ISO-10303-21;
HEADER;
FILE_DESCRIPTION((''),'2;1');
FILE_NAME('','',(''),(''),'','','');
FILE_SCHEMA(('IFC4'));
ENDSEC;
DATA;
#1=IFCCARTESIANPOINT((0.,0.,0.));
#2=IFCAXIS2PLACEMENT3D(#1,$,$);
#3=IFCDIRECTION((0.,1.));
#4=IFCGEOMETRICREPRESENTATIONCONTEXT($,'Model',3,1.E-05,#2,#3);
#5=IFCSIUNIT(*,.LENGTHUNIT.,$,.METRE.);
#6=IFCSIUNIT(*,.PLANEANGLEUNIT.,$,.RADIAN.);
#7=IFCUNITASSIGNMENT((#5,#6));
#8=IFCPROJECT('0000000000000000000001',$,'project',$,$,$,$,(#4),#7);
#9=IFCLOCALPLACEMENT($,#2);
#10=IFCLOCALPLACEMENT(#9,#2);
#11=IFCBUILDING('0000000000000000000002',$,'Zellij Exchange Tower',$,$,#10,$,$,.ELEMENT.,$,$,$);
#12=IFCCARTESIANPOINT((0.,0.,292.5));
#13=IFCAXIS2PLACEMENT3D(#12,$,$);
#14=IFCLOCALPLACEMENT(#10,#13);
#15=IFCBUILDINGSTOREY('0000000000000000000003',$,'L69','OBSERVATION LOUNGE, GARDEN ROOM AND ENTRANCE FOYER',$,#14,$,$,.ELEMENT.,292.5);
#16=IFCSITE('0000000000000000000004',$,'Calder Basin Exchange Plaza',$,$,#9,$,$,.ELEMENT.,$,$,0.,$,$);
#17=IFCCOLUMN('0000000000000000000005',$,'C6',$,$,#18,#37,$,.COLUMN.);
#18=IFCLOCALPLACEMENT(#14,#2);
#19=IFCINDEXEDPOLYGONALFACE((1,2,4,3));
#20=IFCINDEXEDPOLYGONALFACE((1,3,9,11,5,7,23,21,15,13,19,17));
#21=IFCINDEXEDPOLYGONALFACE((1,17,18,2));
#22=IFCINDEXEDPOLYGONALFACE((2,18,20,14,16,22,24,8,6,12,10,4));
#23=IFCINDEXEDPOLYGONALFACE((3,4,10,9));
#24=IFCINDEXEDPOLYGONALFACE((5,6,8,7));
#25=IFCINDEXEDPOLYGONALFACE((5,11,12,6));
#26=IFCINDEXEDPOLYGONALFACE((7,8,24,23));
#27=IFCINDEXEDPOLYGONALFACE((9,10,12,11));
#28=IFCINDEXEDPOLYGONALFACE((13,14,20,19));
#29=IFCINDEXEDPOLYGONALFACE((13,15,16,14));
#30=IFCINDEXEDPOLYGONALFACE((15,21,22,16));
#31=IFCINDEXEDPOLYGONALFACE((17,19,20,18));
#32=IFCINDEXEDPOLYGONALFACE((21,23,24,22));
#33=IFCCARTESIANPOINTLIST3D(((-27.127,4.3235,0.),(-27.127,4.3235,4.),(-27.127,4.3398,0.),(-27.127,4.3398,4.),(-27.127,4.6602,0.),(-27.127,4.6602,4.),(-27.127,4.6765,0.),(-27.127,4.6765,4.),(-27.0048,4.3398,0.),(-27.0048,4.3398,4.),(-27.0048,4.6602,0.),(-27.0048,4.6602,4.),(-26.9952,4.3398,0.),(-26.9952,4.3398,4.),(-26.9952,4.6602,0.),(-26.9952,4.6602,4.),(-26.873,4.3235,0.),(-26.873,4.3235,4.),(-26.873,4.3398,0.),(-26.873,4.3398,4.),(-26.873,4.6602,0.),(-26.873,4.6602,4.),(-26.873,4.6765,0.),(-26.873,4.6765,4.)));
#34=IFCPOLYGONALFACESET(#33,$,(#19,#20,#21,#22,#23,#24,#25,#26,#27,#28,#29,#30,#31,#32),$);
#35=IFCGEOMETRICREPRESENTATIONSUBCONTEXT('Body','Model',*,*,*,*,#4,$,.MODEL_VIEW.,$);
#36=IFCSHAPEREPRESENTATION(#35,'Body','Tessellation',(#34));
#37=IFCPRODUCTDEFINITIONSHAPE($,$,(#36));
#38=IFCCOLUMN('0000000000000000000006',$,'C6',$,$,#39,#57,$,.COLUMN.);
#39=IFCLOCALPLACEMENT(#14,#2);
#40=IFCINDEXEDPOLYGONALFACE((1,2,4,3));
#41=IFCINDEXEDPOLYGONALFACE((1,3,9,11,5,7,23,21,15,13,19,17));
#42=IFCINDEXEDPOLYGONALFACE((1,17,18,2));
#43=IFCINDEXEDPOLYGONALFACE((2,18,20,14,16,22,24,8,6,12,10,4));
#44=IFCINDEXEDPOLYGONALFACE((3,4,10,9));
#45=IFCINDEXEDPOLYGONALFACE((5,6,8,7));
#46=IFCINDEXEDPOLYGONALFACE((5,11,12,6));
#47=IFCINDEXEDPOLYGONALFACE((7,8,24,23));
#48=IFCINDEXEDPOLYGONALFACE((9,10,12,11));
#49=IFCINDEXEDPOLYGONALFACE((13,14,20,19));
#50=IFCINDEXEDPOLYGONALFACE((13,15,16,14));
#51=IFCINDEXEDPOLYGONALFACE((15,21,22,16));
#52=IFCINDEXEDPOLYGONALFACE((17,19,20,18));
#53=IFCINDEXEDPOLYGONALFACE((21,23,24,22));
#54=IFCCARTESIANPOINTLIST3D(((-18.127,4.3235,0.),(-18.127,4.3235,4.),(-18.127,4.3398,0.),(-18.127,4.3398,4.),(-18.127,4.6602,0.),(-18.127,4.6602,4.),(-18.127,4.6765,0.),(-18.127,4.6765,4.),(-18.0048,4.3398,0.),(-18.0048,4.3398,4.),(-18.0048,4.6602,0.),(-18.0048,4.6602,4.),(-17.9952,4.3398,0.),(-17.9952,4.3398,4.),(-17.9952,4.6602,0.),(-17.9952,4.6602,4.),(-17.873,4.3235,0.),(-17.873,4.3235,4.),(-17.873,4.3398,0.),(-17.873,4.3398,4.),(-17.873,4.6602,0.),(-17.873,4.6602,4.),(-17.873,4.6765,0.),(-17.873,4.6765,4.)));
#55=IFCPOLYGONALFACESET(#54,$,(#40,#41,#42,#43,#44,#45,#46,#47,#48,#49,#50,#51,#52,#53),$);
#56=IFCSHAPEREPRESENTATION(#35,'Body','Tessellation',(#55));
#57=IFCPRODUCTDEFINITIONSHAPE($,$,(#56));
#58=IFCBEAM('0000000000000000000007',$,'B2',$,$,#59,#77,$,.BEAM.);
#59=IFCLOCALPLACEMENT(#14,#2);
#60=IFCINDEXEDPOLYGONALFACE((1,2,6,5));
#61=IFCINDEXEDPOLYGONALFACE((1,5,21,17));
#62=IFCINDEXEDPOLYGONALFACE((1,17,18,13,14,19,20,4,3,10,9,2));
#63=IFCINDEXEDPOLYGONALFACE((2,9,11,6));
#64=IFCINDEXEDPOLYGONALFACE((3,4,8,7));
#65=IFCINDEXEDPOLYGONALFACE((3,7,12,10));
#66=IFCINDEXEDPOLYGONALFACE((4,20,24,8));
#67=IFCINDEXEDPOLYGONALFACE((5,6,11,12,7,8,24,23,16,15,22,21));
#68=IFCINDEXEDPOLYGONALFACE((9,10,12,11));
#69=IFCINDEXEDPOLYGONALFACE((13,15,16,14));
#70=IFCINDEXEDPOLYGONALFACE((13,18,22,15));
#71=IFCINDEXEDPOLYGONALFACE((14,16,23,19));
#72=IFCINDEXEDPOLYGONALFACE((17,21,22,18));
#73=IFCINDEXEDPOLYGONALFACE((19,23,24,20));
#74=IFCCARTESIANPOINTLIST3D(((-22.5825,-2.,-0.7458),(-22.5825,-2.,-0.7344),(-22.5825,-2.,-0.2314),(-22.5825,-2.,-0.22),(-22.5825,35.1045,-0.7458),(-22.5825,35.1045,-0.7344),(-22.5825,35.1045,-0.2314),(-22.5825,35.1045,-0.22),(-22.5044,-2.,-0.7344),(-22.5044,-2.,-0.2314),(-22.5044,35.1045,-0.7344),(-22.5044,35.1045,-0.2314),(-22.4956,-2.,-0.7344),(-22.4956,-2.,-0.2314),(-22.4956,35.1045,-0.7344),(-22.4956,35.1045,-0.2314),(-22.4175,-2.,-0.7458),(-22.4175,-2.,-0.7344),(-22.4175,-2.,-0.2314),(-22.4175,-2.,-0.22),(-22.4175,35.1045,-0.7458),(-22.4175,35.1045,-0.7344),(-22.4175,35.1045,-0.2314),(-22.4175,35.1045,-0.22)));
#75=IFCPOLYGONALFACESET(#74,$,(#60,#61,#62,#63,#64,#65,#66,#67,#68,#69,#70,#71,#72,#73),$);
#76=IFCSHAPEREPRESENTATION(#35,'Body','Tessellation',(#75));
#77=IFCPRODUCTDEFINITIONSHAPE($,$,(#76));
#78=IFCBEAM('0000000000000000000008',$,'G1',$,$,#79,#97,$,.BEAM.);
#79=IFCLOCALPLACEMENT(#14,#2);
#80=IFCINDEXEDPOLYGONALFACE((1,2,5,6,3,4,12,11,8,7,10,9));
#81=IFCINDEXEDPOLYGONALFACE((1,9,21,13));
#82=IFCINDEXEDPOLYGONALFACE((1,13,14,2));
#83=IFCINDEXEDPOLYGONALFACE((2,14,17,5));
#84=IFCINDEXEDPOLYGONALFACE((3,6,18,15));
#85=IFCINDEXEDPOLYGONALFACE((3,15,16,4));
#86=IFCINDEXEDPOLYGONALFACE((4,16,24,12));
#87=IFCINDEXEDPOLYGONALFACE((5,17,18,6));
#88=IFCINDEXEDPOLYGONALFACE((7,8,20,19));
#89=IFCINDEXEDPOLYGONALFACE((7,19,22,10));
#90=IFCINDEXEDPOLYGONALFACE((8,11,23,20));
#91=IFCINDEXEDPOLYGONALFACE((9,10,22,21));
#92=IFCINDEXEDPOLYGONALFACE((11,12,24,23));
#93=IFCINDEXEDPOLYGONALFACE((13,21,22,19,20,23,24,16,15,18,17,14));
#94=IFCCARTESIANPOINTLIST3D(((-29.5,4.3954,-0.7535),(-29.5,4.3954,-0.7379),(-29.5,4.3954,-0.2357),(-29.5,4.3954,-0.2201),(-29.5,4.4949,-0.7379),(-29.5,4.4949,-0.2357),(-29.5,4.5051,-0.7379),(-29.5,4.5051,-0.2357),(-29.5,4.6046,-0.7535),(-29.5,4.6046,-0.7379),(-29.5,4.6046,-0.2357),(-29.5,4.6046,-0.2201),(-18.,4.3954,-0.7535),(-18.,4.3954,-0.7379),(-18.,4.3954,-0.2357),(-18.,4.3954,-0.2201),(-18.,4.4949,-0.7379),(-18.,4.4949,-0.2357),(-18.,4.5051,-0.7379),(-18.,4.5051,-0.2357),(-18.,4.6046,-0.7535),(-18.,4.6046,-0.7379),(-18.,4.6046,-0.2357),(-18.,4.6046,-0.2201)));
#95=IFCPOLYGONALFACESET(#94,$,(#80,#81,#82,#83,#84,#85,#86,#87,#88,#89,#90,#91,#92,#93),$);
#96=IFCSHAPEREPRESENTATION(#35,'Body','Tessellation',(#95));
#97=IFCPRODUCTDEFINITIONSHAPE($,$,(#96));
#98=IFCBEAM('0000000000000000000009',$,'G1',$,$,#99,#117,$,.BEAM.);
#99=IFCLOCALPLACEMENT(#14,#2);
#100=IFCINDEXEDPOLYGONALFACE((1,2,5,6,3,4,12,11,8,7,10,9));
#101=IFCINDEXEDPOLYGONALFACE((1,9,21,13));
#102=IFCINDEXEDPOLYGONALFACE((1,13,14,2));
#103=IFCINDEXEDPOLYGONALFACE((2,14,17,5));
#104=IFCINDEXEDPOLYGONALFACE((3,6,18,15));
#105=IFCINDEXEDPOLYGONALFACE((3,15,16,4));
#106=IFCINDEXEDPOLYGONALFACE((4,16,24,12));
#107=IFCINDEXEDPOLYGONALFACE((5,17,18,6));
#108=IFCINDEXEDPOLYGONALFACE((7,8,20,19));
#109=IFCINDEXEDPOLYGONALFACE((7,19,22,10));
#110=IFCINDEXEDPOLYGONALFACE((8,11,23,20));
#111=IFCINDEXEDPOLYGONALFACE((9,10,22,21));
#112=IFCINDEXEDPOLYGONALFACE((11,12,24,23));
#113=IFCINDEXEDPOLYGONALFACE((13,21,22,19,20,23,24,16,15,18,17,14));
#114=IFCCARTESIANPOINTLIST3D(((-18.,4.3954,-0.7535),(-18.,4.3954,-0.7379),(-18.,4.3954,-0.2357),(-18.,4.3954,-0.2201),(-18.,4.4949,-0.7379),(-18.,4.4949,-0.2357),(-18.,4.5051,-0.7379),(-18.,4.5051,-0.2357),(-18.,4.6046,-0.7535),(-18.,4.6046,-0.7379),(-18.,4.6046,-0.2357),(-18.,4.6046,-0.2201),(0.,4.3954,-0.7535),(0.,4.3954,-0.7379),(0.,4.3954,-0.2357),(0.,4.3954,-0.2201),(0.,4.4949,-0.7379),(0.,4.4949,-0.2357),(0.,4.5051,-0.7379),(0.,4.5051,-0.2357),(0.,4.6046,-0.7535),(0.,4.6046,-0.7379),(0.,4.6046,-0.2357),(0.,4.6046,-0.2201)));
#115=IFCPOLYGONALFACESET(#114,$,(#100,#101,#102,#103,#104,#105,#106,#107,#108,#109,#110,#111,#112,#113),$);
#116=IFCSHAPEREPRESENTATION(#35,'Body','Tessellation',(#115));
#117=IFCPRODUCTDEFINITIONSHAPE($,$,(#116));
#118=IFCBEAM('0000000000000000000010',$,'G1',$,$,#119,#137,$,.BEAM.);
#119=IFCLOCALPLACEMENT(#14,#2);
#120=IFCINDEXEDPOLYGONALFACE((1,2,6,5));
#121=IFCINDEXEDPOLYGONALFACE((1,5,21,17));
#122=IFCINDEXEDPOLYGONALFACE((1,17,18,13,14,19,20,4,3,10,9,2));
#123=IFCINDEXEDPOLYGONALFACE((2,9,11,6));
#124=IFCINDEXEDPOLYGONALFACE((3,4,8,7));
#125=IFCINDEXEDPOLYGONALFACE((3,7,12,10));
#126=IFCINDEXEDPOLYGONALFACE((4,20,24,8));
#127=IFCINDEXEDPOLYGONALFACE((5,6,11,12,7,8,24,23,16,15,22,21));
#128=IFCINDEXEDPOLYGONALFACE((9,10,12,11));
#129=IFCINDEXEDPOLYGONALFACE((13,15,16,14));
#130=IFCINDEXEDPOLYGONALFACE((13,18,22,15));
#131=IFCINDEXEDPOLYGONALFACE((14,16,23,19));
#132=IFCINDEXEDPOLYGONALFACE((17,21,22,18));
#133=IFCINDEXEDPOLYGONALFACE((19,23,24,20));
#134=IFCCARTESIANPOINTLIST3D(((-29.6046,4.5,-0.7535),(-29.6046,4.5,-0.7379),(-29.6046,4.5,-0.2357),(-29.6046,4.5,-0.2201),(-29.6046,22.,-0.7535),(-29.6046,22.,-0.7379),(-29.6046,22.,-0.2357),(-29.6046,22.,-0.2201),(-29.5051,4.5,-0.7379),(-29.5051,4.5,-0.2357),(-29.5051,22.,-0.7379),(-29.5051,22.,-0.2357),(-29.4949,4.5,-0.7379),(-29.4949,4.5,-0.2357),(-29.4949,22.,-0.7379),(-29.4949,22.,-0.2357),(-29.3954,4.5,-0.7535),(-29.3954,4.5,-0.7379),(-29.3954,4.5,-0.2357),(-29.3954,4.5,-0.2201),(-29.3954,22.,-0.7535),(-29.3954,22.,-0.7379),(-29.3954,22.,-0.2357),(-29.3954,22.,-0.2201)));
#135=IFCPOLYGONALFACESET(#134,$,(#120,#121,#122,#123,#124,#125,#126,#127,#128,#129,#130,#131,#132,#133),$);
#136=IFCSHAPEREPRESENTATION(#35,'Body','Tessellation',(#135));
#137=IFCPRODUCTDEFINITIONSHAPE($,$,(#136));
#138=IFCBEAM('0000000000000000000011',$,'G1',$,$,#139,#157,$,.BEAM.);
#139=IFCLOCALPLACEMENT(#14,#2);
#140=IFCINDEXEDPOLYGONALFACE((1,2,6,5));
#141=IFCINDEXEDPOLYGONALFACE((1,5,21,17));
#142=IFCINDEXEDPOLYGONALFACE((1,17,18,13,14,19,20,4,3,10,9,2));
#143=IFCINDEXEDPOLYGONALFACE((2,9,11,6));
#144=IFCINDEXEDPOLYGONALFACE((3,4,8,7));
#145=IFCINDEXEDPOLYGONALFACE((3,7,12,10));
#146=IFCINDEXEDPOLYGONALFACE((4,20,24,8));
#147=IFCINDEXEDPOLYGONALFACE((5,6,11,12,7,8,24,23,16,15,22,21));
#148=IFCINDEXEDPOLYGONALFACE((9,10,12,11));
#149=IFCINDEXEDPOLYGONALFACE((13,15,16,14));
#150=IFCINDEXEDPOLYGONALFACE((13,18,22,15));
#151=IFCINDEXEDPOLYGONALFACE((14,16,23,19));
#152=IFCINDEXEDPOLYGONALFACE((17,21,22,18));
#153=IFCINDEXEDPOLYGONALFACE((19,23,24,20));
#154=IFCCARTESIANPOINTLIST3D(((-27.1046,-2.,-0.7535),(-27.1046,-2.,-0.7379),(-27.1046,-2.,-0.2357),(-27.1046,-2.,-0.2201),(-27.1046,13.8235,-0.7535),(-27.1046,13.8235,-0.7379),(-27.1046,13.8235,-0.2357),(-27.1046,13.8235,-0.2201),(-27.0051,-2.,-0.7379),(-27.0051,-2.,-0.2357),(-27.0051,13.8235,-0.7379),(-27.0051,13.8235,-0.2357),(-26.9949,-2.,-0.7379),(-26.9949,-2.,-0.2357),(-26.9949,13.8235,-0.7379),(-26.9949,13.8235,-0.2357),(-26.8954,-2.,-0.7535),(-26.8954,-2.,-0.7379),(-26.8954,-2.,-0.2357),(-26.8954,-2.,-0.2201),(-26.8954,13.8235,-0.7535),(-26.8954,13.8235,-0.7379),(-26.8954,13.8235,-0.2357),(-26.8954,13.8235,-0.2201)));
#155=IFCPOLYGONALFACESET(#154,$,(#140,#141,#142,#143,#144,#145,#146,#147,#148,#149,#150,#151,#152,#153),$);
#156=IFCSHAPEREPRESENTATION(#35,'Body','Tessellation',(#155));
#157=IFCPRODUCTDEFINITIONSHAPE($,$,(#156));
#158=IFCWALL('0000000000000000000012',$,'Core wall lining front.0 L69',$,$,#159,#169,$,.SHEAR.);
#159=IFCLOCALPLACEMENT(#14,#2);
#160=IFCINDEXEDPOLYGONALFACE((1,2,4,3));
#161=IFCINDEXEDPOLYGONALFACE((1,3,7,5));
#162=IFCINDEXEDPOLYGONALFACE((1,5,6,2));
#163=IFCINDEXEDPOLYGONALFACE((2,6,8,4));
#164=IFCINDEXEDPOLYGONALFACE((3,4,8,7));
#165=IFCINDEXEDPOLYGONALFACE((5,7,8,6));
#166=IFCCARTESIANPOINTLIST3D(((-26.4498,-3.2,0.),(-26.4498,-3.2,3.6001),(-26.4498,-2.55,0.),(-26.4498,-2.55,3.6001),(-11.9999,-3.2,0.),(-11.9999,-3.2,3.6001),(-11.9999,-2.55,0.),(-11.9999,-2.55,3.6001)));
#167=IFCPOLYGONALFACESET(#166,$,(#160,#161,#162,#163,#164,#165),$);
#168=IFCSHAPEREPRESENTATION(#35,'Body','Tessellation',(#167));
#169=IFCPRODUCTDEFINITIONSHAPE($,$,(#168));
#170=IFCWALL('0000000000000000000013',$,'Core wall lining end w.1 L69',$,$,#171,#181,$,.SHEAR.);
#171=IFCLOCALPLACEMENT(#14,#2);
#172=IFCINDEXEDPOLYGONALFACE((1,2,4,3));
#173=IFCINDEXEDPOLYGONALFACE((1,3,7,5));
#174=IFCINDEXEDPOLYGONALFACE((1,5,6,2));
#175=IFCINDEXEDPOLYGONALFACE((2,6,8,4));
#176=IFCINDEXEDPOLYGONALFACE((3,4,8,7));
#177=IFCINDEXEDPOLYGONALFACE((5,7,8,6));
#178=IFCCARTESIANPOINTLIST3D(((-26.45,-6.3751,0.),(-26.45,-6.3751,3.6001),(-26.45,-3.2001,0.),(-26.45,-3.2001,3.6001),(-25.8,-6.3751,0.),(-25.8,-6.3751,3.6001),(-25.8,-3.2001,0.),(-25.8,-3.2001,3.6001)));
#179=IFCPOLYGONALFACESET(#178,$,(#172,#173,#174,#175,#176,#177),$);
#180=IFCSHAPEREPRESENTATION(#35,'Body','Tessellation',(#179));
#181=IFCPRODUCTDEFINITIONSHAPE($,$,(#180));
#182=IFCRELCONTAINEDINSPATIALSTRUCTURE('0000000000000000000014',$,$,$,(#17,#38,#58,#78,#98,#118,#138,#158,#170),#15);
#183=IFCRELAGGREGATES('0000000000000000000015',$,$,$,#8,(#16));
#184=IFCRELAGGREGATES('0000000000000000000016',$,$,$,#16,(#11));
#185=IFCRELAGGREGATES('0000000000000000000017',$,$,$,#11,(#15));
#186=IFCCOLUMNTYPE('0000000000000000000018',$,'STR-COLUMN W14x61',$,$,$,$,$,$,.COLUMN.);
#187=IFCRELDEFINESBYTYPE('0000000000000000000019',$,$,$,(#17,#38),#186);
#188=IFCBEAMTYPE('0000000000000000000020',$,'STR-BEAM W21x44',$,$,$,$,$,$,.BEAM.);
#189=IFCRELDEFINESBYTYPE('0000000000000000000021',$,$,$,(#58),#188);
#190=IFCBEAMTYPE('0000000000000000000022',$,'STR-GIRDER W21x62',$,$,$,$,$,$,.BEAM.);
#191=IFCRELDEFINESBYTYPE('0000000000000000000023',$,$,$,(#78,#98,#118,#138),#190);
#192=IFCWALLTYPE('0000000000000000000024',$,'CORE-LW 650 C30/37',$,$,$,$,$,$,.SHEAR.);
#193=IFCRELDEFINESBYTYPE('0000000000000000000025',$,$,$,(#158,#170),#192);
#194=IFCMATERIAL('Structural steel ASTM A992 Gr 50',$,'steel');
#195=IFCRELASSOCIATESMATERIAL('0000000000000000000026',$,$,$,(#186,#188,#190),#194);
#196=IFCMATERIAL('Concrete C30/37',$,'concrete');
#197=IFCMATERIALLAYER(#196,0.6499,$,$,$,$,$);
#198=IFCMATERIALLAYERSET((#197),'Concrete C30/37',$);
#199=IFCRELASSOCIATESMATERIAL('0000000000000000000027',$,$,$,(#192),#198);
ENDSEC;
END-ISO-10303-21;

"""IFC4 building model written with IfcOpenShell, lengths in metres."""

from ifc_helpers import new_model, si_unit, direction, frame, frame_2d, origin, origin_2d, place, context, subcontext, project, spatial, rectangle, i_section, extrude, material, layer, layer_set, material_profile, profile_set, type_object, element, save


model = new_model("IFC4")

# Units and contexts
model_context = context("Model", 3, precision=1e-05, world=origin(), true_north=direction((0.0, 1.0)))
body_context = subcontext(model_context, "Body", "Model", "MODEL_VIEW")
ifc_project = project(units=[si_unit("LENGTHUNIT", "METRE"), si_unit("PLANEANGLEUNIT", "RADIAN")], contexts=[model_context])

# Site, building, storey
site_placement = place(None, origin())
site = spatial("IfcSite", under=ifc_project, at=site_placement, Name="Calder Basin Exchange Plaza", CompositionType="ELEMENT", RefElevation=0.0)
building_placement = place(site_placement, origin())
building = spatial("IfcBuilding", under=site, at=building_placement, Name="Zellij Exchange Tower", CompositionType="ELEMENT")
storey_placement = place(building_placement, frame((0.0, 0.0, 292.5)))
storey = spatial("IfcBuildingStorey", under=building, at=storey_placement, Name="L69", Description="OBSERVATION LOUNGE, GARDEN ROOM AND ENTRANCE FOYER", CompositionType="ELEMENT", Elevation=292.5)

# Columns
ifc_material_1 = material(Name="Structural steel ASTM A992 Gr 50", Category="steel")
ifc_material_profile_1 = material_profile(ifc_material_1, i_section(OverallWidth=0.2539, OverallDepth=0.353, WebThickness=0.0095, FlangeThickness=0.0164, at=origin_2d()), Name="W14x61")
ifc_profile_set_1 = profile_set([ifc_material_profile_1], Name="Structural steel ASTM A992 Gr 50")
column_type = type_object("IfcColumnType", Name="STR-COLUMN W14x61", PredefinedType="COLUMN", material=ifc_profile_set_1)
for number, where, z_axis, x_axis, name in (
    (1, (-27.0, 4.5, 0.0), (0.0, 0.0, 1.0), (1.0, 0.0, 0.0), "C6"),
    (2, (-18.0, 4.5, 0.0), (0.0, 0.0, 1.0), (1.0, 0.0, 0.0), "C6"),
):
    element("IfcColumn", number, at=place(storey_placement, frame(where, z_axis=z_axis, x_axis=x_axis)), inside=storey, type_object=column_type, Name=name, PredefinedType="COLUMN", context=body_context, shape_type="SweptSolid", body=[
        extrude(i_section(OverallWidth=0.2539, OverallDepth=0.353, WebThickness=0.0095, FlangeThickness=0.0164, at=origin_2d()), origin(), (0.0, 0.0, 1.0), 4.0),
    ])

# Beams
ifc_material_profile_2 = material_profile(ifc_material_1, i_section(OverallWidth=0.165, OverallDepth=0.5259, WebThickness=0.0088, FlangeThickness=0.0115, at=origin_2d()), Name="W21x44")
ifc_profile_set_2 = profile_set([ifc_material_profile_2], Name="Structural steel ASTM A992 Gr 50")
beam_type_1 = type_object("IfcBeamType", Name="STR-BEAM W21x44", PredefinedType="BEAM", material=ifc_profile_set_2)
beam_1_placement = place(storey_placement, frame((-22.5, -2.0, -0.4829), z_axis=(0.0, 1.0, 0.0), x_axis=(-1.0, 0.0, 0.0)))
element("IfcBeam", 3, at=beam_1_placement, inside=storey, type_object=beam_type_1, Name="B2", PredefinedType="BEAM", context=body_context, shape_type="SweptSolid", body=[
    extrude(i_section(OverallWidth=0.165, OverallDepth=0.5259, WebThickness=0.0088, FlangeThickness=0.0115, at=origin_2d()), origin(), (0.0, 0.0, 1.0), 37.1045),
])
ifc_material_profile_3 = material_profile(ifc_material_1, i_section(OverallWidth=0.2092, OverallDepth=0.5334, WebThickness=0.0103, FlangeThickness=0.0156, at=origin_2d()), Name="W21x62")
ifc_profile_set_3 = profile_set([ifc_material_profile_3], Name="Structural steel ASTM A992 Gr 50")
beam_type_2 = type_object("IfcBeamType", Name="STR-GIRDER W21x62", PredefinedType="BEAM", material=ifc_profile_set_3)
beam_2_placement = place(storey_placement, frame((-29.5, 4.5, -0.4868), z_axis=(1.0, 0.0, 0.0), x_axis=(0.0, 1.0, 0.0)))
element("IfcBeam", 4, at=beam_2_placement, inside=storey, type_object=beam_type_2, Name="G1", PredefinedType="BEAM", context=body_context, shape_type="SweptSolid", body=[
    extrude(i_section(OverallWidth=0.2092, OverallDepth=0.5334, WebThickness=0.0103, FlangeThickness=0.0156, at=origin_2d()), origin(), (0.0, 0.0, 1.0), 11.5),
])
beam_3_placement = place(storey_placement, frame((-18.0, 4.5, -0.4868), z_axis=(1.0, 0.0, 0.0), x_axis=(0.0, 1.0, 0.0)))
element("IfcBeam", 5, at=beam_3_placement, inside=storey, type_object=beam_type_2, Name="G1", PredefinedType="BEAM", context=body_context, shape_type="SweptSolid", body=[
    extrude(i_section(OverallWidth=0.2092, OverallDepth=0.5334, WebThickness=0.0103, FlangeThickness=0.0156, at=origin_2d()), origin(), (0.0, 0.0, 1.0), 18.0),
])
beam_4_placement = place(storey_placement, frame((-29.5, 4.5, -0.4868), z_axis=(0.0, 1.0, 0.0), x_axis=(-1.0, 0.0, 0.0)))
element("IfcBeam", 6, at=beam_4_placement, inside=storey, type_object=beam_type_2, Name="G1", PredefinedType="BEAM", context=body_context, shape_type="SweptSolid", body=[
    extrude(i_section(OverallWidth=0.2092, OverallDepth=0.5334, WebThickness=0.0103, FlangeThickness=0.0156, at=origin_2d()), origin(), (0.0, 0.0, 1.0), 17.5),
])
beam_5_placement = place(storey_placement, frame((-27.0, -2.0, -0.4868), z_axis=(0.0, 1.0, 0.0), x_axis=(-1.0, 0.0, 0.0)))
element("IfcBeam", 7, at=beam_5_placement, inside=storey, type_object=beam_type_2, Name="G1", PredefinedType="BEAM", context=body_context, shape_type="SweptSolid", body=[
    extrude(i_section(OverallWidth=0.2092, OverallDepth=0.5334, WebThickness=0.0103, FlangeThickness=0.0156, at=origin_2d()), origin(), (0.0, 0.0, 1.0), 15.8235),
])

# Walls
ifc_material_2 = material(Name="Concrete C30/37", Category="concrete")
ifc_layer_1 = layer(ifc_material_2, 0.6499)
ifc_layer_set_1 = layer_set([ifc_layer_1], Name="Concrete C30/37")
wall_type_1 = type_object("IfcWallType", Name="CORE-LW 650 C30/37", PredefinedType="SHEAR", material=ifc_layer_set_1)
wall_1_placement = place(storey_placement, frame((-26.45, -2.875, 0.0), z_axis=(0.0, 0.0, 1.0), x_axis=(1.0, 0.0, 0.0)))
element("IfcWall", 8, at=wall_1_placement, inside=storey, type_object=wall_type_1, Name="Core wall lining front.0 L69", PredefinedType="SHEAR", context=body_context, shape_type="SweptSolid", body=[
    extrude(rectangle(XDim=14.45, YDim=0.6499, at=frame_2d((7.2251, 0.0))), origin(), (0.0, 0.0, 1.0), 3.6001),
])
wall_2_placement = place(storey_placement, frame((-26.125, -6.375, 0.0), z_axis=(0.0, 0.0, 1.0), x_axis=(0.0, 1.0, 0.0)))
element("IfcWall", 9, at=wall_2_placement, inside=storey, type_object=wall_type_1, Name="Core wall lining end w.1 L69", PredefinedType="SHEAR", context=body_context, shape_type="SweptSolid", body=[
    extrude(rectangle(XDim=3.175, YDim=0.6499, at=frame_2d((1.5874, 0.0))), origin(), (0.0, 0.0, 1.0), 3.6001),
])

save(model, "model.ifc")
